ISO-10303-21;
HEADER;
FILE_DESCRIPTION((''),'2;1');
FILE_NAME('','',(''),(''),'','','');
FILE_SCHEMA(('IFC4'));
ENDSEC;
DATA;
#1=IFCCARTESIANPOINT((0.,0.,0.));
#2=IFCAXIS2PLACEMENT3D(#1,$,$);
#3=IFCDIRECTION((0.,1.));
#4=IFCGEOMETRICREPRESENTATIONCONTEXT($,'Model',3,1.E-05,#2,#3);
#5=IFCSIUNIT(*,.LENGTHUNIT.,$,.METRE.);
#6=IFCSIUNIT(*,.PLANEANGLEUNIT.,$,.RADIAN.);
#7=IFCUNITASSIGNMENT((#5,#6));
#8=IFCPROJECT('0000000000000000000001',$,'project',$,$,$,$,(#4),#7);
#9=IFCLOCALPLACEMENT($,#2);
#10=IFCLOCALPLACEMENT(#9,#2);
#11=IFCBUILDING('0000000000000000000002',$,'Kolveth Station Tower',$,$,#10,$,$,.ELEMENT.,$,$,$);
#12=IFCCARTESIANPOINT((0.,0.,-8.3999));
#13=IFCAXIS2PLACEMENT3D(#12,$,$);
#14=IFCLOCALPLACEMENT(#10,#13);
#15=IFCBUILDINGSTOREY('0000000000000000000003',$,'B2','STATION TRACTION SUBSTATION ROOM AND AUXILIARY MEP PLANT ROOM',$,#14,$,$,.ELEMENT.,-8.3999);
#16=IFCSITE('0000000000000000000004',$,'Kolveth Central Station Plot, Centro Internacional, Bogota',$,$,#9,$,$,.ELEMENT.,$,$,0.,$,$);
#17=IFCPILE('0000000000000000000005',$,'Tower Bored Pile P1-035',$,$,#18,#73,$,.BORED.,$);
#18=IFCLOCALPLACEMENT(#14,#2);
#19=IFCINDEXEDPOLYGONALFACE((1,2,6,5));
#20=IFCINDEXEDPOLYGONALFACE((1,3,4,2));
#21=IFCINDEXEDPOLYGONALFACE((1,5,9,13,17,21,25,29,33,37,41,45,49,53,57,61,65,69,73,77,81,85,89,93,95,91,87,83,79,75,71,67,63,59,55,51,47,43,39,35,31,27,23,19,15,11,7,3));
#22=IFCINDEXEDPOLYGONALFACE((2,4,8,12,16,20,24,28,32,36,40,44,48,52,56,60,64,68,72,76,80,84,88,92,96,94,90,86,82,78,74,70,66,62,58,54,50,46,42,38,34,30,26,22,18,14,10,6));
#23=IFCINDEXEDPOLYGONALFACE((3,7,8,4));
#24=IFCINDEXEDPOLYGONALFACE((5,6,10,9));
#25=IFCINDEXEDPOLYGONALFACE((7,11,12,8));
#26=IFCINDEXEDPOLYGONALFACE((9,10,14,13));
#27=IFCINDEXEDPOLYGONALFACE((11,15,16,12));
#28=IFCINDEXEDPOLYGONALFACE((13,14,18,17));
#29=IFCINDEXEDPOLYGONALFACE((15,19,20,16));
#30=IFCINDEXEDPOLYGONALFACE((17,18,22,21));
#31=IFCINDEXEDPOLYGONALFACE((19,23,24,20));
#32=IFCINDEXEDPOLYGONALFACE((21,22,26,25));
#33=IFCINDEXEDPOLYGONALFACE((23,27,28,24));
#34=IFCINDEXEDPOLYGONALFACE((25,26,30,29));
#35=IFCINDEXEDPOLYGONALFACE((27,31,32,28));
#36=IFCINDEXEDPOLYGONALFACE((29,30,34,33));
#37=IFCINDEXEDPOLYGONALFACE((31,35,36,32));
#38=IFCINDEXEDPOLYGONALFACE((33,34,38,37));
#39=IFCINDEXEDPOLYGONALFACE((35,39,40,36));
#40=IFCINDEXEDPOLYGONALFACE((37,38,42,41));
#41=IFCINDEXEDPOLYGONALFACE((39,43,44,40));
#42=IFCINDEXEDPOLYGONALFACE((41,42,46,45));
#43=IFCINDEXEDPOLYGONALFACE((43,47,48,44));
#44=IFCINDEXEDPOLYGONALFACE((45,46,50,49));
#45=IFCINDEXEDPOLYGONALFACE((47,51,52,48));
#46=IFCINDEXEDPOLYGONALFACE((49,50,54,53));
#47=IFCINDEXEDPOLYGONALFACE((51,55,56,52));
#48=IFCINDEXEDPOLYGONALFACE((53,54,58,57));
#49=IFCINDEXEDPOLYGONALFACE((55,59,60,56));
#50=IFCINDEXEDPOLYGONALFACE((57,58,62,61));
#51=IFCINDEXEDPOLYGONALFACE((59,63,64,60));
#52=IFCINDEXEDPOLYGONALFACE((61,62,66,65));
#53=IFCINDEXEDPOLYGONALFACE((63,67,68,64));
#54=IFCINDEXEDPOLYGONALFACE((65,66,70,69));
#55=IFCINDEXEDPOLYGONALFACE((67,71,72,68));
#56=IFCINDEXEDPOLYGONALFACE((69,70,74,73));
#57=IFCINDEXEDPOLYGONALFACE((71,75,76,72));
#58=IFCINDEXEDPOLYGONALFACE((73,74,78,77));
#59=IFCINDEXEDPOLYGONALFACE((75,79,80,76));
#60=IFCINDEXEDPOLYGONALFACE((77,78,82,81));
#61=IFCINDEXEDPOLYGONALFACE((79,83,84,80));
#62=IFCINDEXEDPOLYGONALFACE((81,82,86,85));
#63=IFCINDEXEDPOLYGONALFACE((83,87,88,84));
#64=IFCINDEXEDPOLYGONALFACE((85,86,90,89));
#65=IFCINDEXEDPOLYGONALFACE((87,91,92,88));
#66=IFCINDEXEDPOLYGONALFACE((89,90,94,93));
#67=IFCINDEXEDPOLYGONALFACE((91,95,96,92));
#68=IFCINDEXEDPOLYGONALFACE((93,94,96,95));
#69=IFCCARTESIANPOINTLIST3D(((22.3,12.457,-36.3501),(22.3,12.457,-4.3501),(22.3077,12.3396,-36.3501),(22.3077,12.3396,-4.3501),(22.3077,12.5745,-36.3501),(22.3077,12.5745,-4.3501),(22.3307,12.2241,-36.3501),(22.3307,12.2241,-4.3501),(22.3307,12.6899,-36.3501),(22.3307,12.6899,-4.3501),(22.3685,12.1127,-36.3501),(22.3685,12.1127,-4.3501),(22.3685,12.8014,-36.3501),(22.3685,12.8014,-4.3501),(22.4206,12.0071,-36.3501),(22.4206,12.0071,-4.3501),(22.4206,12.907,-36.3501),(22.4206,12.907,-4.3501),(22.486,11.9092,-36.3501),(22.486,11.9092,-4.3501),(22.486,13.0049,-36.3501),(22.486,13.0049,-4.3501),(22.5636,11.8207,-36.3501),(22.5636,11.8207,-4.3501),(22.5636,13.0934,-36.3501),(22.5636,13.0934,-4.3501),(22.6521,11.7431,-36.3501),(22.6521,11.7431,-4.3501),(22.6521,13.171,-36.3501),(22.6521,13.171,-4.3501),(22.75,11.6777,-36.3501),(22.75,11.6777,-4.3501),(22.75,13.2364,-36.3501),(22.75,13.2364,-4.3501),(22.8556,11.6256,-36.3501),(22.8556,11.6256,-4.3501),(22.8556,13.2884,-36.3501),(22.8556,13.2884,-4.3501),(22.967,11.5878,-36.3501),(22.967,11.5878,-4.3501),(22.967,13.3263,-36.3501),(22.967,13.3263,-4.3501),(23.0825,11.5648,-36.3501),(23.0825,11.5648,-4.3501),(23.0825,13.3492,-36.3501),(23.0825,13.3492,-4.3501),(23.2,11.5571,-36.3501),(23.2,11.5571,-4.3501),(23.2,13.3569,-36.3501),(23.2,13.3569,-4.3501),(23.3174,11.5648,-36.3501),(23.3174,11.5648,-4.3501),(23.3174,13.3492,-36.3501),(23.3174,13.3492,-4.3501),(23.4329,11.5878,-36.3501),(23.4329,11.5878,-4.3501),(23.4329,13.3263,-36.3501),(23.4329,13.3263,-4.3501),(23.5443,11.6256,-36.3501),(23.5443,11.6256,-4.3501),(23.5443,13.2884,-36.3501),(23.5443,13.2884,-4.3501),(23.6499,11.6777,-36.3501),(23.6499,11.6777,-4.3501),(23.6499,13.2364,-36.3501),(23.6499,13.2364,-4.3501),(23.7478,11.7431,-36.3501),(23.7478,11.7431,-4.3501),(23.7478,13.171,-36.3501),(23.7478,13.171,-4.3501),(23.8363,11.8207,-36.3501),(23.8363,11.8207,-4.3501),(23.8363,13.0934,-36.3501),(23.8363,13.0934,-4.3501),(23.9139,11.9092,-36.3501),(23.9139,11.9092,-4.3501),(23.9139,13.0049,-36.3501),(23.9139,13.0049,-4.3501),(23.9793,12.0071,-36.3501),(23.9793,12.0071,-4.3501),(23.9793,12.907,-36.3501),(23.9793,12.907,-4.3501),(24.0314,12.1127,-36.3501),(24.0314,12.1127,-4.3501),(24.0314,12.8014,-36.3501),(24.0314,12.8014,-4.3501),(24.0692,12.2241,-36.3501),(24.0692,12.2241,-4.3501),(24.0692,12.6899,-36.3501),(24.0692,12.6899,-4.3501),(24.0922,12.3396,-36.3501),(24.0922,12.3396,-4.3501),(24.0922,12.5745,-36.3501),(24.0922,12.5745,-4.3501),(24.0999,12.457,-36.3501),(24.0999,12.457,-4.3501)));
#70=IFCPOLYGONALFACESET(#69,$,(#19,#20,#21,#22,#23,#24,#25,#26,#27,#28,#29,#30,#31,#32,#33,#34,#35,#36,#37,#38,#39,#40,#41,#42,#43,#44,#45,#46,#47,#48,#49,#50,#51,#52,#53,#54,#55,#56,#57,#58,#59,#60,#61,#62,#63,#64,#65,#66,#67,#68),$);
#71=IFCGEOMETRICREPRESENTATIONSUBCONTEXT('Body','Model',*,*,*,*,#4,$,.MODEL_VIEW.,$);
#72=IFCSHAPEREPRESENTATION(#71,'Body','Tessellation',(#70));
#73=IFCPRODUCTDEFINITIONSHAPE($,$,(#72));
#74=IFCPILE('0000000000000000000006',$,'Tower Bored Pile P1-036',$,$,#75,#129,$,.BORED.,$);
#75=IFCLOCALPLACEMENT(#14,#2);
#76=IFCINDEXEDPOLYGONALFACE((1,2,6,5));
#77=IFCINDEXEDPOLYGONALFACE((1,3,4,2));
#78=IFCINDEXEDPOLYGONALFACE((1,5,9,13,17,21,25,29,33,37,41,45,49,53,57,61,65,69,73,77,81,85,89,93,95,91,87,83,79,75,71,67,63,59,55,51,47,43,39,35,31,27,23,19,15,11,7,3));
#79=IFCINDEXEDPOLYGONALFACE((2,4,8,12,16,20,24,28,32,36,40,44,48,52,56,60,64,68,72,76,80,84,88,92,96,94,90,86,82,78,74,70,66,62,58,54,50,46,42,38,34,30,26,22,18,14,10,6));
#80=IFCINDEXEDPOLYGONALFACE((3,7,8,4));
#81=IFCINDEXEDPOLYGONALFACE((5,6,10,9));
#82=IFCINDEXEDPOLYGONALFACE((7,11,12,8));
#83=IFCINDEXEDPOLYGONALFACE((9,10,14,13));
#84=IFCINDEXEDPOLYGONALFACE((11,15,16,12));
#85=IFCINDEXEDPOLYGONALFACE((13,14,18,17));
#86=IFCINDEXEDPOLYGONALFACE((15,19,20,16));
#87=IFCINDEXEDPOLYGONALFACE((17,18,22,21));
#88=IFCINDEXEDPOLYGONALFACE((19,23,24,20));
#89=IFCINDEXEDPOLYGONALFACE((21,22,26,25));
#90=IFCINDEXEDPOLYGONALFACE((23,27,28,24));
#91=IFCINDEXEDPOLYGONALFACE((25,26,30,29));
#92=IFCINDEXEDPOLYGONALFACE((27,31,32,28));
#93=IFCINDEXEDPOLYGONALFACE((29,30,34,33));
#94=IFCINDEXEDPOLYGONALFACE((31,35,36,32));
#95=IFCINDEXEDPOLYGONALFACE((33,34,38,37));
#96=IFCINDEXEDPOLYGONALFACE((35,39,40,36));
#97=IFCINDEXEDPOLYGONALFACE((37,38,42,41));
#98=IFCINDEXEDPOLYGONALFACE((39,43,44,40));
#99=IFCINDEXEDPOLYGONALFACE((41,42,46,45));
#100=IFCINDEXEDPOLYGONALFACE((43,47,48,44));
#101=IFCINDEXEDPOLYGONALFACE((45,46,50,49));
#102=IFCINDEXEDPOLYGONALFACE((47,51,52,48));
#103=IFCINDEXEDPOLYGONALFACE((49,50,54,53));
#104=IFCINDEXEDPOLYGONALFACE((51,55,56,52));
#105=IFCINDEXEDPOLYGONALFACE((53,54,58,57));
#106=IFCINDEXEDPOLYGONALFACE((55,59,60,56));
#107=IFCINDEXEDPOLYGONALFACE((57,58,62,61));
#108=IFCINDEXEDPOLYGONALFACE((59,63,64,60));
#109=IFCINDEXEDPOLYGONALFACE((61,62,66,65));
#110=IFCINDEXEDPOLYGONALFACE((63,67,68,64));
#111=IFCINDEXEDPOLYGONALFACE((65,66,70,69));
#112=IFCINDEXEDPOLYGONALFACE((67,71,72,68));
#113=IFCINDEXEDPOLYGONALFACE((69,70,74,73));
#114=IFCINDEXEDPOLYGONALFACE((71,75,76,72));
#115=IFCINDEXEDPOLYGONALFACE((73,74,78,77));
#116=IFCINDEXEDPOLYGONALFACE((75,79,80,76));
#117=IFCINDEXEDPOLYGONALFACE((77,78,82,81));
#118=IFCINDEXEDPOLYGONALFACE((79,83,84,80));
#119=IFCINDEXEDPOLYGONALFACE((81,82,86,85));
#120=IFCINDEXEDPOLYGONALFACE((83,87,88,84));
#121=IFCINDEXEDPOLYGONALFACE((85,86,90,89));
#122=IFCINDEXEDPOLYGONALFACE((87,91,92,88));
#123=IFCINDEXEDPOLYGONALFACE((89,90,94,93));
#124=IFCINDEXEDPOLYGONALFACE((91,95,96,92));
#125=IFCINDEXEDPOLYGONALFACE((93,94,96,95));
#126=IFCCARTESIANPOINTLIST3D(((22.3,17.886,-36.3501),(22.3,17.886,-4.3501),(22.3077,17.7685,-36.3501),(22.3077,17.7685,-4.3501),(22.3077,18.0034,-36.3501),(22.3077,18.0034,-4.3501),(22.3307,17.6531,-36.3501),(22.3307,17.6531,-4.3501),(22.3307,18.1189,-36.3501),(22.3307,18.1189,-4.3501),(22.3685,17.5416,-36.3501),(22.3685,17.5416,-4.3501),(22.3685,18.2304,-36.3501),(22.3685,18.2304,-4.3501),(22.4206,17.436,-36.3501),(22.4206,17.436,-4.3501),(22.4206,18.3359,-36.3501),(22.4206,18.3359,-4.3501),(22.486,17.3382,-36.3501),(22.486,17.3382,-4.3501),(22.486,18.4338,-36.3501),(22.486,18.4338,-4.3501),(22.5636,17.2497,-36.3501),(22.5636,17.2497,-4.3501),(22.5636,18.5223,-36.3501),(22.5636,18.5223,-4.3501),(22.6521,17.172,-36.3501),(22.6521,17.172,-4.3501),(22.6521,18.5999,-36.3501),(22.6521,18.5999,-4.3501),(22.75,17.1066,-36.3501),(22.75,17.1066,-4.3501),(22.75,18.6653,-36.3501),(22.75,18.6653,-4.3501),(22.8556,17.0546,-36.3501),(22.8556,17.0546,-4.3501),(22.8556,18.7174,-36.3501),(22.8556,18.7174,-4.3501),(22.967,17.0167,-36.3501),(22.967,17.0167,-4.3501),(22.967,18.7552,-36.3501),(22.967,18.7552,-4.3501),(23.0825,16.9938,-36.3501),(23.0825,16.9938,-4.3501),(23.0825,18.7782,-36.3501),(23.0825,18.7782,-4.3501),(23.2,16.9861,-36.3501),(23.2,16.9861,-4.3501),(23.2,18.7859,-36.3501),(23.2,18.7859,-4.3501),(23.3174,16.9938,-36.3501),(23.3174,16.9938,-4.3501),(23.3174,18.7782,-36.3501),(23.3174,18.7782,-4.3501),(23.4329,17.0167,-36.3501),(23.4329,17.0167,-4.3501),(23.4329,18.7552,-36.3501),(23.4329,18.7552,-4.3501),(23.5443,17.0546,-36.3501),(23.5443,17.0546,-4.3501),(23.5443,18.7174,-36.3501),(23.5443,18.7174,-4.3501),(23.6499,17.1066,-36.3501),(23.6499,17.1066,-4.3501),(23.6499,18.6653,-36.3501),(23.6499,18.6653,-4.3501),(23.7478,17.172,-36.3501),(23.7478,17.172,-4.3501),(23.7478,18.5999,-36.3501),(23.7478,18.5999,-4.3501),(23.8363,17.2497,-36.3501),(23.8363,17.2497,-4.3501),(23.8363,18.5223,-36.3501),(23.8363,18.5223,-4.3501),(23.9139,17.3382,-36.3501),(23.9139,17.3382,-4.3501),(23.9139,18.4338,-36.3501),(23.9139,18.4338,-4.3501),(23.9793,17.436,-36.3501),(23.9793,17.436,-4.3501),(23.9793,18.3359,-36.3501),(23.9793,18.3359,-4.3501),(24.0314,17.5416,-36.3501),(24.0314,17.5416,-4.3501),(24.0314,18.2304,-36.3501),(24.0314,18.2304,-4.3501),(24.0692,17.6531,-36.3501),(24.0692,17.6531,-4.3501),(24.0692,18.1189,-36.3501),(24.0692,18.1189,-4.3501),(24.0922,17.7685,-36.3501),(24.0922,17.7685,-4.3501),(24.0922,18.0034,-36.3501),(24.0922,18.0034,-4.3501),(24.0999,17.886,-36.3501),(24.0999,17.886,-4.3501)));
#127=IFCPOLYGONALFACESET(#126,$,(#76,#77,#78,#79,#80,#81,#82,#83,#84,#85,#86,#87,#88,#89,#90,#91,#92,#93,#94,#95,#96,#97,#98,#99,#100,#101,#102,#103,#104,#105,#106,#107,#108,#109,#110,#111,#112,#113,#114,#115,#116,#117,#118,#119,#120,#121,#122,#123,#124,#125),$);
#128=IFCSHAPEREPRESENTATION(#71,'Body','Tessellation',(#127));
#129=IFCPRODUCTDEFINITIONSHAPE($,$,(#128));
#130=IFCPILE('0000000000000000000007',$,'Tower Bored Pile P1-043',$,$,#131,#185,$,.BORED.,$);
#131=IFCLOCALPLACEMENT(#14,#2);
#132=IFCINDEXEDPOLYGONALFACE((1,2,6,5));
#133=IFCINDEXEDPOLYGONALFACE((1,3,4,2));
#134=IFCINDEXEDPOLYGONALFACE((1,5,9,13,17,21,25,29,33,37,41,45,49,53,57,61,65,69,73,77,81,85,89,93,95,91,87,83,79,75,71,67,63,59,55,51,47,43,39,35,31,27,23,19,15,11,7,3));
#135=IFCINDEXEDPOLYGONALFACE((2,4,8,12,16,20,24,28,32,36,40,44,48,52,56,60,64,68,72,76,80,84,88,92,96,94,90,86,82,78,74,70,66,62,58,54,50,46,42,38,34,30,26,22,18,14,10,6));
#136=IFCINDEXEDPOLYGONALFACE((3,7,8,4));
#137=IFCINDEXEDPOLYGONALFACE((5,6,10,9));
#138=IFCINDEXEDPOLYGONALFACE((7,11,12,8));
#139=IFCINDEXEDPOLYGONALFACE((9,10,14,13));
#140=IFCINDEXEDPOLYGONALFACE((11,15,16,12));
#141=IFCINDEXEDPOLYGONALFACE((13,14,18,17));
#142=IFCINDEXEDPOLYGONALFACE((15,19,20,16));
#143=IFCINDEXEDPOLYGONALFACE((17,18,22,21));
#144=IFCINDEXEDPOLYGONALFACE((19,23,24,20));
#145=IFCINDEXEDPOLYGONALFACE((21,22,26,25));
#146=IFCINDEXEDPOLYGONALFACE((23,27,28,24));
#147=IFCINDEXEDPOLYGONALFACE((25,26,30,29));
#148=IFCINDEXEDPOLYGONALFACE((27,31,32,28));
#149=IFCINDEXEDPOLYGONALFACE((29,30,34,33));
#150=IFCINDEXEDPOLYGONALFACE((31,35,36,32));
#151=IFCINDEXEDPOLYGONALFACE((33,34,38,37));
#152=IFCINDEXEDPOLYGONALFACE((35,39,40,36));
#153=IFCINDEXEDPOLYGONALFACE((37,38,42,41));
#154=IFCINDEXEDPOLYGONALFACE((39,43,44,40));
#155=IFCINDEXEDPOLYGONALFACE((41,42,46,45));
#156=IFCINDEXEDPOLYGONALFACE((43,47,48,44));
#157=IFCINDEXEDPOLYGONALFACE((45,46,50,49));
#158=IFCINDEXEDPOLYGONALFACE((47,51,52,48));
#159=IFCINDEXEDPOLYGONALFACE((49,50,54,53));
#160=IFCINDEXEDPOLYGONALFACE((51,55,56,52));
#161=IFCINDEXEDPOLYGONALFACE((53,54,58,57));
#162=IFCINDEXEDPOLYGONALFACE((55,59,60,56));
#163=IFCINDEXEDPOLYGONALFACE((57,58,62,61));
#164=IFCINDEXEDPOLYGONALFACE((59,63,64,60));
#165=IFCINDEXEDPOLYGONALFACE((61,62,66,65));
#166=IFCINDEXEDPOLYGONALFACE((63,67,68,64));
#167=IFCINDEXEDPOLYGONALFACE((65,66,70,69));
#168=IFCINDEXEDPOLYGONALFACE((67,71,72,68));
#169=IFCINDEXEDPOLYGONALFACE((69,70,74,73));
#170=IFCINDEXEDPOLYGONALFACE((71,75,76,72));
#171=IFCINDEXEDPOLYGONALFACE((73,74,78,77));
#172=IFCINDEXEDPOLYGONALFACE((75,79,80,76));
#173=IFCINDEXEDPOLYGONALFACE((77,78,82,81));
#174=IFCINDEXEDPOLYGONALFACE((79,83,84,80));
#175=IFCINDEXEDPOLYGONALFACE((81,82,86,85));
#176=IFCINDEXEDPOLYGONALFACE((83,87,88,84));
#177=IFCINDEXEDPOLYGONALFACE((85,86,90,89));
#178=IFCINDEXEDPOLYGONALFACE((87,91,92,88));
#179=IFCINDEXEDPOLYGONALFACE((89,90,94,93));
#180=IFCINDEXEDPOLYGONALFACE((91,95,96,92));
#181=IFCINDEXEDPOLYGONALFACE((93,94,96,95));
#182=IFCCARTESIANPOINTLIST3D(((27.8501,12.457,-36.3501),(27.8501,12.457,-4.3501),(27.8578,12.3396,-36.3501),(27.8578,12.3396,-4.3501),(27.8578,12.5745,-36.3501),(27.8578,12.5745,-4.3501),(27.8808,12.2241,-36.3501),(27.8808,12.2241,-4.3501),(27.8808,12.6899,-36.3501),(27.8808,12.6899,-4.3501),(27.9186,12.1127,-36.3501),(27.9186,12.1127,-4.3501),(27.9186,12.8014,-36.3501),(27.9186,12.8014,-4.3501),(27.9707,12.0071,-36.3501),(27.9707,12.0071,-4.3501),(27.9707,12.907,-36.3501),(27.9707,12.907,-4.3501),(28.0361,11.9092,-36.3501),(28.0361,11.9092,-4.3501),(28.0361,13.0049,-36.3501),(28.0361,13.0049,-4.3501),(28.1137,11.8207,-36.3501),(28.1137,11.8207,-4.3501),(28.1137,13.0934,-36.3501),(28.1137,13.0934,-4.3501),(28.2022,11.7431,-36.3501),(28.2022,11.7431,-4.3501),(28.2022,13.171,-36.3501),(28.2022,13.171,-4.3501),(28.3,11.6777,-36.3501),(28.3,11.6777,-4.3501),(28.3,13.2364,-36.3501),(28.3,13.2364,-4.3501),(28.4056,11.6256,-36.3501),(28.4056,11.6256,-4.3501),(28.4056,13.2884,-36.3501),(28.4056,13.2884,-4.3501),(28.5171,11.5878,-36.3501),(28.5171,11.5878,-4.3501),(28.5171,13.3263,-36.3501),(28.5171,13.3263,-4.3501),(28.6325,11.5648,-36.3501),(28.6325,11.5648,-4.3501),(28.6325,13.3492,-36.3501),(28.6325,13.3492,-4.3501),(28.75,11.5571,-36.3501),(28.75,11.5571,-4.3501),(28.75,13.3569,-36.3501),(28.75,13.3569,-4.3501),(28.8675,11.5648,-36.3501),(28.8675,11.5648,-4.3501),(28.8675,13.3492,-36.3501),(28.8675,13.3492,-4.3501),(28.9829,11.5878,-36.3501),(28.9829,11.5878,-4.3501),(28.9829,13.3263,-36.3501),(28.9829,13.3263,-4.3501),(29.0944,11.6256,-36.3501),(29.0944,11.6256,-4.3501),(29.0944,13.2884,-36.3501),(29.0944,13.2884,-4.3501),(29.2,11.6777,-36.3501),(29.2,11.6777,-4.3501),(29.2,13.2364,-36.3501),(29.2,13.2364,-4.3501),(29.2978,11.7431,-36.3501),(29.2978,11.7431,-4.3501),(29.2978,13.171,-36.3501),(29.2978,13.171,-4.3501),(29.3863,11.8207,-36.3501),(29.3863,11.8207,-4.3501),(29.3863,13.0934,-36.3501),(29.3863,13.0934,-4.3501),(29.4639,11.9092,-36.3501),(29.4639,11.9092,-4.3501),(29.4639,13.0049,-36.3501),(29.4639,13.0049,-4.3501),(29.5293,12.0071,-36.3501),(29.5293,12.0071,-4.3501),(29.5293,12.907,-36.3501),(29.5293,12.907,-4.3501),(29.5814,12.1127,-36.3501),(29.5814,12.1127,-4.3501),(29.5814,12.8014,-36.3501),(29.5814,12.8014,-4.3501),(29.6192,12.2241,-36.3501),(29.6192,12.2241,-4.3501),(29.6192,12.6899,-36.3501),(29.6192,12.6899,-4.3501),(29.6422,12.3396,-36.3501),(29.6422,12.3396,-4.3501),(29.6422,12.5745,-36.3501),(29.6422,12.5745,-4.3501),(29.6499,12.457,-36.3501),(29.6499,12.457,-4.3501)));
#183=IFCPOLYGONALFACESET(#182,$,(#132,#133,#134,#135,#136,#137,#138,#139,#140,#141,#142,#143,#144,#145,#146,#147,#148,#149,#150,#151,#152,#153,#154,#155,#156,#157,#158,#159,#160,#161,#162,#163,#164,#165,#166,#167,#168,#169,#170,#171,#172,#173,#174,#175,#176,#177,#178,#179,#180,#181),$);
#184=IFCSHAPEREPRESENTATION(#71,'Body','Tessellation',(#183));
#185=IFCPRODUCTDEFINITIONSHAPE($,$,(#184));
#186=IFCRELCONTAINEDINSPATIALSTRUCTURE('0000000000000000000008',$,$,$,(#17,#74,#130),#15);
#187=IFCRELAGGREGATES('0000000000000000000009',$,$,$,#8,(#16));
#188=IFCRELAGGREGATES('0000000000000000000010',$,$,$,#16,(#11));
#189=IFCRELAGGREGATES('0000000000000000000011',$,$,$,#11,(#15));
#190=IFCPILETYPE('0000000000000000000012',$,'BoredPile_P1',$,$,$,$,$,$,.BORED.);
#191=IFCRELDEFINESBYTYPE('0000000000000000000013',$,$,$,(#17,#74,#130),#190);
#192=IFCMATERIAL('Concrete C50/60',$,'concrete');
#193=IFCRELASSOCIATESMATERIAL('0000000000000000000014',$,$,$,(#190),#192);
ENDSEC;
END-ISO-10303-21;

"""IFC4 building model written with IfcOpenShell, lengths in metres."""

from ifc_helpers import new_model, si_unit, direction, frame, origin, origin_2d, place, context, subcontext, project, spatial, circle, extrude, source, transform, mapped, material, material_profile, profile_set, type_object, element, save


model = new_model("IFC4")

# Units and contexts
model_context = context("Model", 3, precision=1e-05, world=origin(), true_north=direction((0.0, 1.0)))
body_context = subcontext(model_context, "Body", "Model", "MODEL_VIEW")
ifc_project = project(units=[si_unit("LENGTHUNIT", "METRE"), si_unit("PLANEANGLEUNIT", "RADIAN")], contexts=[model_context])

# Site, building, storey
site_placement = place(None, origin())
site = spatial("IfcSite", under=ifc_project, at=site_placement, Name="Kolveth Central Station Plot, Centro Internacional, Bogota", CompositionType="ELEMENT", RefElevation=0.0)
building_placement = place(site_placement, origin())
building = spatial("IfcBuilding", under=site, at=building_placement, Name="Kolveth Station Tower", CompositionType="ELEMENT")
storey_placement = place(building_placement, frame((0.0, 0.0, -8.3999)))
storey = spatial("IfcBuildingStorey", under=building, at=storey_placement, Name="B2", Description="STATION TRACTION SUBSTATION ROOM AND AUXILIARY MEP PLANT ROOM", CompositionType="ELEMENT", Elevation=-8.3999)

# Piles
ifc_material_1 = material(Name="Concrete C50/60", Category="concrete")
ifc_material_profile_1 = material_profile(ifc_material_1, circle(Radius=0.8999, at=origin_2d()), Name="PILE-D1800")
ifc_profile_set_1 = profile_set([ifc_material_profile_1], Name="Concrete C50/60")
pile_type = type_object("IfcPileType", Name="BoredPile_P1", PredefinedType="BORED", material=ifc_profile_set_1)
shared_shape_1 = source(origin(), body_context, "Body", "SweptSolid", [
    extrude(circle(Radius=0.8999, at=origin_2d()), origin(), (0.0, 0.0, 1.0), 32.0),
])
for number, where, z_axis, x_axis, name in (
    (1, (23.2, 12.457, -4.3501), (0.0, 0.0, -1.0), (1.0, 0.0, 0.0), "Tower Bored Pile P1-035"),
    (2, (23.2, 17.886, -4.3501), (0.0, 0.0, -1.0), (1.0, 0.0, 0.0), "Tower Bored Pile P1-036"),
    (3, (28.75, 12.457, -4.3501), (0.0, 0.0, -1.0), (1.0, 0.0, 0.0), "Tower Bored Pile P1-043"),
):
    element("IfcPile", number, at=place(storey_placement, frame(where, z_axis=z_axis, x_axis=x_axis)), inside=storey, type_object=pile_type, Name=name, PredefinedType="BORED", context=body_context, shape_type="MappedRepresentation", body=[
        mapped(shared_shape_1, transform((0.0, 0.0, 0.0), x_axis=(1.0, 0.0, 0.0), y_axis=(0.0, 1.0, 0.0), z_axis=(0.0, 0.0, 1.0), scale=1.0)),
    ])

save(model, "model.ifc")
